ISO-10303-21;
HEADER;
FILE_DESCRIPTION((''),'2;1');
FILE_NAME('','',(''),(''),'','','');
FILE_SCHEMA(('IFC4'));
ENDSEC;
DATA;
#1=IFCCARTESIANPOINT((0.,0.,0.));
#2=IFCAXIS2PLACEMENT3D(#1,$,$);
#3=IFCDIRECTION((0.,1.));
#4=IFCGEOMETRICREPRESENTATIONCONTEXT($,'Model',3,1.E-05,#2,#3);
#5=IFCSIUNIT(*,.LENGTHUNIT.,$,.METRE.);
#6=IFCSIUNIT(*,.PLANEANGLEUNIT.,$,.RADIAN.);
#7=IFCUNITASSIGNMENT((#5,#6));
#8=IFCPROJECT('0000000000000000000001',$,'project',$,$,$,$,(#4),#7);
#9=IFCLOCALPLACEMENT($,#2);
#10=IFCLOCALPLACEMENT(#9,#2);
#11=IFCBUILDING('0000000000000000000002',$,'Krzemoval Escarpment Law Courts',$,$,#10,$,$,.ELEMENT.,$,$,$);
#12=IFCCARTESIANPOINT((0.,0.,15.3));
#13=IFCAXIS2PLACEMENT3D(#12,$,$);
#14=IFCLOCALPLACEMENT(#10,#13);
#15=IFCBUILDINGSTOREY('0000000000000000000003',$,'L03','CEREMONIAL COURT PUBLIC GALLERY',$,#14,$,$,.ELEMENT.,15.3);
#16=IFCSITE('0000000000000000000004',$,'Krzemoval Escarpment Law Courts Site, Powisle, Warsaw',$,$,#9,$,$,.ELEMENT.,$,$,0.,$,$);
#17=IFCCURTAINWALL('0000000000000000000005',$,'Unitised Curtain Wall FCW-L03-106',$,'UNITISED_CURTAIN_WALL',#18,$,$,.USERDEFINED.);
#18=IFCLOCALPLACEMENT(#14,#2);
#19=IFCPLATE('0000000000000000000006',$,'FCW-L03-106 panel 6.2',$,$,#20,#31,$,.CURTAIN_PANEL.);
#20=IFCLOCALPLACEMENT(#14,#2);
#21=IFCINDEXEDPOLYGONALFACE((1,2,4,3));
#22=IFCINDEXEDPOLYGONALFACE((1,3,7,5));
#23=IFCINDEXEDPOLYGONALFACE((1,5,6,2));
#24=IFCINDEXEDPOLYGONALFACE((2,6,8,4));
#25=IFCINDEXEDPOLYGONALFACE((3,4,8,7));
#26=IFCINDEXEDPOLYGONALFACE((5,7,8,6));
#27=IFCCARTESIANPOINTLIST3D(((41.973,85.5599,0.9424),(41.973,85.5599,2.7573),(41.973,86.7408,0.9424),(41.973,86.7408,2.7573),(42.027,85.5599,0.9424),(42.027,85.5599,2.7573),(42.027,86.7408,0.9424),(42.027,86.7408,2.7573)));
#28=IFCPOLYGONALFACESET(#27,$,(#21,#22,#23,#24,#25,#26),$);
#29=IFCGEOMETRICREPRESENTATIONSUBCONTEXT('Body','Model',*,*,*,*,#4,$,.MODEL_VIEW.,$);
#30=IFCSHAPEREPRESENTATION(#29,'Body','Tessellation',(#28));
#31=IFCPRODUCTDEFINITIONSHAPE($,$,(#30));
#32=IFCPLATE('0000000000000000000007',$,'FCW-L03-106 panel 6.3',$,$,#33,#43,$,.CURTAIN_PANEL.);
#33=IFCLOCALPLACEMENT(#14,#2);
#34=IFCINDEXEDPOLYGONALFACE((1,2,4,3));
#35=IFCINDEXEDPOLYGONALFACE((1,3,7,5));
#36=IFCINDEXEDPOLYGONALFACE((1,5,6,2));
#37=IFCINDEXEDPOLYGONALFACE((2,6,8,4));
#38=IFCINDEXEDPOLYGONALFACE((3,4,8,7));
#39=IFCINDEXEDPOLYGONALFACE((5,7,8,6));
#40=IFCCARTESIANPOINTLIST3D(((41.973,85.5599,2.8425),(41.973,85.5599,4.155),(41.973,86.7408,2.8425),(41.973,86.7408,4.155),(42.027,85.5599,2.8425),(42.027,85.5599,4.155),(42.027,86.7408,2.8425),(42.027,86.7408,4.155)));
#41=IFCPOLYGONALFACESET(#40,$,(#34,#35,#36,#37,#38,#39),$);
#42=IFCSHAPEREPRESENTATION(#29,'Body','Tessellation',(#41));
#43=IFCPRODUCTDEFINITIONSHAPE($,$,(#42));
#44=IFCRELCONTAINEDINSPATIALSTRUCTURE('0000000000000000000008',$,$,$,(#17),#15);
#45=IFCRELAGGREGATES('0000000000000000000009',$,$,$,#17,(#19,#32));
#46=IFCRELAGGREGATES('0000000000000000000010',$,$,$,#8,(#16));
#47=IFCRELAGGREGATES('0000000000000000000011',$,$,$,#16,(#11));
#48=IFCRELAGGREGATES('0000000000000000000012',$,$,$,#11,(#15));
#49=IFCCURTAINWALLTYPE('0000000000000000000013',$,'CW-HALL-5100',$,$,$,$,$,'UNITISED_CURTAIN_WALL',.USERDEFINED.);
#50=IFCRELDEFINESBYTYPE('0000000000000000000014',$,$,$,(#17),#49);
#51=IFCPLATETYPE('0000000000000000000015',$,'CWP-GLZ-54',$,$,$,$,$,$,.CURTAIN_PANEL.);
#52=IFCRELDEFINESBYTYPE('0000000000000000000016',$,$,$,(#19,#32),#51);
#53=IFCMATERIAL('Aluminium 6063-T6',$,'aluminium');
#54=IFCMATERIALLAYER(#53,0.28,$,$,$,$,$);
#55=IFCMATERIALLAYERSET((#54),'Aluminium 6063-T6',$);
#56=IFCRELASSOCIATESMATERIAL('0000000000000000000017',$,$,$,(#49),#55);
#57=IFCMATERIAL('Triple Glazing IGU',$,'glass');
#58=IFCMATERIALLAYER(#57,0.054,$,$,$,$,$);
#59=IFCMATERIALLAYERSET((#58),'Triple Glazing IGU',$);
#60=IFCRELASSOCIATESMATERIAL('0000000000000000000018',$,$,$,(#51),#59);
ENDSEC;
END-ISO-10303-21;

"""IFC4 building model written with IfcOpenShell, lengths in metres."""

from ifc_helpers import new_model, si_unit, direction, frame, origin, origin_2d, place, context, subcontext, project, spatial, rectangle, extrude, material, layer, layer_set, type_object, element, aggregate, save


model = new_model("IFC4")

# Units and contexts
model_context = context("Model", 3, precision=1e-05, world=origin(), true_north=direction((0.0, 1.0)))
body_context = subcontext(model_context, "Body", "Model", "MODEL_VIEW")
ifc_project = project(units=[si_unit("LENGTHUNIT", "METRE"), si_unit("PLANEANGLEUNIT", "RADIAN")], contexts=[model_context])

# Site, building, storey
site_placement = place(None, origin())
site = spatial("IfcSite", under=ifc_project, at=site_placement, Name="Krzemoval Escarpment Law Courts Site, Powisle, Warsaw", CompositionType="ELEMENT", RefElevation=0.0)
building_placement = place(site_placement, origin())
building = spatial("IfcBuilding", under=site, at=building_placement, Name="Krzemoval Escarpment Law Courts", CompositionType="ELEMENT")
storey_placement = place(building_placement, frame((0.0, 0.0, 15.3)))
storey = spatial("IfcBuildingStorey", under=building, at=storey_placement, Name="L03", Description="CEREMONIAL COURT PUBLIC GALLERY", CompositionType="ELEMENT", Elevation=15.3)

# Curtain wall
ifc_material_1 = material(Name="Aluminium 6063-T6", Category="aluminium")
ifc_layer_1 = layer(ifc_material_1, 0.28)
ifc_layer_set_1 = layer_set([ifc_layer_1], Name="Aluminium 6063-T6")
curtain_wall_type = type_object("IfcCurtainWallType", Name="CW-HALL-5100", ElementType="UNITISED_CURTAIN_WALL", PredefinedType="USERDEFINED", material=ifc_layer_set_1)
curtain_wall_1_placement = place(storey_placement, origin())
curtain_wall_1 = element("IfcCurtainWall", 1, at=curtain_wall_1_placement, inside=storey, type_object=curtain_wall_type, Name="Unitised Curtain Wall FCW-L03-106", ObjectType="UNITISED_CURTAIN_WALL", PredefinedType="USERDEFINED")

# Plates
ifc_material_2 = material(Name="Triple Glazing IGU", Category="glass")
ifc_layer_2 = layer(ifc_material_2, 0.054)
ifc_layer_set_2 = layer_set([ifc_layer_2], Name="Triple Glazing IGU")
plate_type = type_object("IfcPlateType", Name="CWP-GLZ-54", PredefinedType="CURTAIN_PANEL", material=ifc_layer_set_2)
plate_1_placement = place(storey_placement, frame((42.0, 86.1504, 0.9424), z_axis=(0.0, 0.0, 1.0), x_axis=(0.0, -1.0, 0.0)))
plate_1 = element("IfcPlate", 2, at=plate_1_placement, type_object=plate_type, Name="FCW-L03-106 panel 6.2", PredefinedType="CURTAIN_PANEL", context=body_context, shape_type="SweptSolid", body=[
    extrude(rectangle(XDim=1.1809, YDim=0.054, at=origin_2d()), origin(), (0.0, 0.0, 1.0), 1.8149),
])
plate_2_placement = place(storey_placement, frame((42.0, 86.1504, 2.8425), z_axis=(0.0, 0.0, 1.0), x_axis=(0.0, -1.0, 0.0)))
plate_2 = element("IfcPlate", 3, at=plate_2_placement, type_object=plate_type, Name="FCW-L03-106 panel 6.3", PredefinedType="CURTAIN_PANEL", context=body_context, shape_type="SweptSolid", body=[
    extrude(rectangle(XDim=1.1809, YDim=0.054, at=origin_2d()), origin(), (0.0, 0.0, 1.0), 1.3125),
])
aggregate(curtain_wall_1, [plate_1, plate_2])

save(model, "model.ifc")
